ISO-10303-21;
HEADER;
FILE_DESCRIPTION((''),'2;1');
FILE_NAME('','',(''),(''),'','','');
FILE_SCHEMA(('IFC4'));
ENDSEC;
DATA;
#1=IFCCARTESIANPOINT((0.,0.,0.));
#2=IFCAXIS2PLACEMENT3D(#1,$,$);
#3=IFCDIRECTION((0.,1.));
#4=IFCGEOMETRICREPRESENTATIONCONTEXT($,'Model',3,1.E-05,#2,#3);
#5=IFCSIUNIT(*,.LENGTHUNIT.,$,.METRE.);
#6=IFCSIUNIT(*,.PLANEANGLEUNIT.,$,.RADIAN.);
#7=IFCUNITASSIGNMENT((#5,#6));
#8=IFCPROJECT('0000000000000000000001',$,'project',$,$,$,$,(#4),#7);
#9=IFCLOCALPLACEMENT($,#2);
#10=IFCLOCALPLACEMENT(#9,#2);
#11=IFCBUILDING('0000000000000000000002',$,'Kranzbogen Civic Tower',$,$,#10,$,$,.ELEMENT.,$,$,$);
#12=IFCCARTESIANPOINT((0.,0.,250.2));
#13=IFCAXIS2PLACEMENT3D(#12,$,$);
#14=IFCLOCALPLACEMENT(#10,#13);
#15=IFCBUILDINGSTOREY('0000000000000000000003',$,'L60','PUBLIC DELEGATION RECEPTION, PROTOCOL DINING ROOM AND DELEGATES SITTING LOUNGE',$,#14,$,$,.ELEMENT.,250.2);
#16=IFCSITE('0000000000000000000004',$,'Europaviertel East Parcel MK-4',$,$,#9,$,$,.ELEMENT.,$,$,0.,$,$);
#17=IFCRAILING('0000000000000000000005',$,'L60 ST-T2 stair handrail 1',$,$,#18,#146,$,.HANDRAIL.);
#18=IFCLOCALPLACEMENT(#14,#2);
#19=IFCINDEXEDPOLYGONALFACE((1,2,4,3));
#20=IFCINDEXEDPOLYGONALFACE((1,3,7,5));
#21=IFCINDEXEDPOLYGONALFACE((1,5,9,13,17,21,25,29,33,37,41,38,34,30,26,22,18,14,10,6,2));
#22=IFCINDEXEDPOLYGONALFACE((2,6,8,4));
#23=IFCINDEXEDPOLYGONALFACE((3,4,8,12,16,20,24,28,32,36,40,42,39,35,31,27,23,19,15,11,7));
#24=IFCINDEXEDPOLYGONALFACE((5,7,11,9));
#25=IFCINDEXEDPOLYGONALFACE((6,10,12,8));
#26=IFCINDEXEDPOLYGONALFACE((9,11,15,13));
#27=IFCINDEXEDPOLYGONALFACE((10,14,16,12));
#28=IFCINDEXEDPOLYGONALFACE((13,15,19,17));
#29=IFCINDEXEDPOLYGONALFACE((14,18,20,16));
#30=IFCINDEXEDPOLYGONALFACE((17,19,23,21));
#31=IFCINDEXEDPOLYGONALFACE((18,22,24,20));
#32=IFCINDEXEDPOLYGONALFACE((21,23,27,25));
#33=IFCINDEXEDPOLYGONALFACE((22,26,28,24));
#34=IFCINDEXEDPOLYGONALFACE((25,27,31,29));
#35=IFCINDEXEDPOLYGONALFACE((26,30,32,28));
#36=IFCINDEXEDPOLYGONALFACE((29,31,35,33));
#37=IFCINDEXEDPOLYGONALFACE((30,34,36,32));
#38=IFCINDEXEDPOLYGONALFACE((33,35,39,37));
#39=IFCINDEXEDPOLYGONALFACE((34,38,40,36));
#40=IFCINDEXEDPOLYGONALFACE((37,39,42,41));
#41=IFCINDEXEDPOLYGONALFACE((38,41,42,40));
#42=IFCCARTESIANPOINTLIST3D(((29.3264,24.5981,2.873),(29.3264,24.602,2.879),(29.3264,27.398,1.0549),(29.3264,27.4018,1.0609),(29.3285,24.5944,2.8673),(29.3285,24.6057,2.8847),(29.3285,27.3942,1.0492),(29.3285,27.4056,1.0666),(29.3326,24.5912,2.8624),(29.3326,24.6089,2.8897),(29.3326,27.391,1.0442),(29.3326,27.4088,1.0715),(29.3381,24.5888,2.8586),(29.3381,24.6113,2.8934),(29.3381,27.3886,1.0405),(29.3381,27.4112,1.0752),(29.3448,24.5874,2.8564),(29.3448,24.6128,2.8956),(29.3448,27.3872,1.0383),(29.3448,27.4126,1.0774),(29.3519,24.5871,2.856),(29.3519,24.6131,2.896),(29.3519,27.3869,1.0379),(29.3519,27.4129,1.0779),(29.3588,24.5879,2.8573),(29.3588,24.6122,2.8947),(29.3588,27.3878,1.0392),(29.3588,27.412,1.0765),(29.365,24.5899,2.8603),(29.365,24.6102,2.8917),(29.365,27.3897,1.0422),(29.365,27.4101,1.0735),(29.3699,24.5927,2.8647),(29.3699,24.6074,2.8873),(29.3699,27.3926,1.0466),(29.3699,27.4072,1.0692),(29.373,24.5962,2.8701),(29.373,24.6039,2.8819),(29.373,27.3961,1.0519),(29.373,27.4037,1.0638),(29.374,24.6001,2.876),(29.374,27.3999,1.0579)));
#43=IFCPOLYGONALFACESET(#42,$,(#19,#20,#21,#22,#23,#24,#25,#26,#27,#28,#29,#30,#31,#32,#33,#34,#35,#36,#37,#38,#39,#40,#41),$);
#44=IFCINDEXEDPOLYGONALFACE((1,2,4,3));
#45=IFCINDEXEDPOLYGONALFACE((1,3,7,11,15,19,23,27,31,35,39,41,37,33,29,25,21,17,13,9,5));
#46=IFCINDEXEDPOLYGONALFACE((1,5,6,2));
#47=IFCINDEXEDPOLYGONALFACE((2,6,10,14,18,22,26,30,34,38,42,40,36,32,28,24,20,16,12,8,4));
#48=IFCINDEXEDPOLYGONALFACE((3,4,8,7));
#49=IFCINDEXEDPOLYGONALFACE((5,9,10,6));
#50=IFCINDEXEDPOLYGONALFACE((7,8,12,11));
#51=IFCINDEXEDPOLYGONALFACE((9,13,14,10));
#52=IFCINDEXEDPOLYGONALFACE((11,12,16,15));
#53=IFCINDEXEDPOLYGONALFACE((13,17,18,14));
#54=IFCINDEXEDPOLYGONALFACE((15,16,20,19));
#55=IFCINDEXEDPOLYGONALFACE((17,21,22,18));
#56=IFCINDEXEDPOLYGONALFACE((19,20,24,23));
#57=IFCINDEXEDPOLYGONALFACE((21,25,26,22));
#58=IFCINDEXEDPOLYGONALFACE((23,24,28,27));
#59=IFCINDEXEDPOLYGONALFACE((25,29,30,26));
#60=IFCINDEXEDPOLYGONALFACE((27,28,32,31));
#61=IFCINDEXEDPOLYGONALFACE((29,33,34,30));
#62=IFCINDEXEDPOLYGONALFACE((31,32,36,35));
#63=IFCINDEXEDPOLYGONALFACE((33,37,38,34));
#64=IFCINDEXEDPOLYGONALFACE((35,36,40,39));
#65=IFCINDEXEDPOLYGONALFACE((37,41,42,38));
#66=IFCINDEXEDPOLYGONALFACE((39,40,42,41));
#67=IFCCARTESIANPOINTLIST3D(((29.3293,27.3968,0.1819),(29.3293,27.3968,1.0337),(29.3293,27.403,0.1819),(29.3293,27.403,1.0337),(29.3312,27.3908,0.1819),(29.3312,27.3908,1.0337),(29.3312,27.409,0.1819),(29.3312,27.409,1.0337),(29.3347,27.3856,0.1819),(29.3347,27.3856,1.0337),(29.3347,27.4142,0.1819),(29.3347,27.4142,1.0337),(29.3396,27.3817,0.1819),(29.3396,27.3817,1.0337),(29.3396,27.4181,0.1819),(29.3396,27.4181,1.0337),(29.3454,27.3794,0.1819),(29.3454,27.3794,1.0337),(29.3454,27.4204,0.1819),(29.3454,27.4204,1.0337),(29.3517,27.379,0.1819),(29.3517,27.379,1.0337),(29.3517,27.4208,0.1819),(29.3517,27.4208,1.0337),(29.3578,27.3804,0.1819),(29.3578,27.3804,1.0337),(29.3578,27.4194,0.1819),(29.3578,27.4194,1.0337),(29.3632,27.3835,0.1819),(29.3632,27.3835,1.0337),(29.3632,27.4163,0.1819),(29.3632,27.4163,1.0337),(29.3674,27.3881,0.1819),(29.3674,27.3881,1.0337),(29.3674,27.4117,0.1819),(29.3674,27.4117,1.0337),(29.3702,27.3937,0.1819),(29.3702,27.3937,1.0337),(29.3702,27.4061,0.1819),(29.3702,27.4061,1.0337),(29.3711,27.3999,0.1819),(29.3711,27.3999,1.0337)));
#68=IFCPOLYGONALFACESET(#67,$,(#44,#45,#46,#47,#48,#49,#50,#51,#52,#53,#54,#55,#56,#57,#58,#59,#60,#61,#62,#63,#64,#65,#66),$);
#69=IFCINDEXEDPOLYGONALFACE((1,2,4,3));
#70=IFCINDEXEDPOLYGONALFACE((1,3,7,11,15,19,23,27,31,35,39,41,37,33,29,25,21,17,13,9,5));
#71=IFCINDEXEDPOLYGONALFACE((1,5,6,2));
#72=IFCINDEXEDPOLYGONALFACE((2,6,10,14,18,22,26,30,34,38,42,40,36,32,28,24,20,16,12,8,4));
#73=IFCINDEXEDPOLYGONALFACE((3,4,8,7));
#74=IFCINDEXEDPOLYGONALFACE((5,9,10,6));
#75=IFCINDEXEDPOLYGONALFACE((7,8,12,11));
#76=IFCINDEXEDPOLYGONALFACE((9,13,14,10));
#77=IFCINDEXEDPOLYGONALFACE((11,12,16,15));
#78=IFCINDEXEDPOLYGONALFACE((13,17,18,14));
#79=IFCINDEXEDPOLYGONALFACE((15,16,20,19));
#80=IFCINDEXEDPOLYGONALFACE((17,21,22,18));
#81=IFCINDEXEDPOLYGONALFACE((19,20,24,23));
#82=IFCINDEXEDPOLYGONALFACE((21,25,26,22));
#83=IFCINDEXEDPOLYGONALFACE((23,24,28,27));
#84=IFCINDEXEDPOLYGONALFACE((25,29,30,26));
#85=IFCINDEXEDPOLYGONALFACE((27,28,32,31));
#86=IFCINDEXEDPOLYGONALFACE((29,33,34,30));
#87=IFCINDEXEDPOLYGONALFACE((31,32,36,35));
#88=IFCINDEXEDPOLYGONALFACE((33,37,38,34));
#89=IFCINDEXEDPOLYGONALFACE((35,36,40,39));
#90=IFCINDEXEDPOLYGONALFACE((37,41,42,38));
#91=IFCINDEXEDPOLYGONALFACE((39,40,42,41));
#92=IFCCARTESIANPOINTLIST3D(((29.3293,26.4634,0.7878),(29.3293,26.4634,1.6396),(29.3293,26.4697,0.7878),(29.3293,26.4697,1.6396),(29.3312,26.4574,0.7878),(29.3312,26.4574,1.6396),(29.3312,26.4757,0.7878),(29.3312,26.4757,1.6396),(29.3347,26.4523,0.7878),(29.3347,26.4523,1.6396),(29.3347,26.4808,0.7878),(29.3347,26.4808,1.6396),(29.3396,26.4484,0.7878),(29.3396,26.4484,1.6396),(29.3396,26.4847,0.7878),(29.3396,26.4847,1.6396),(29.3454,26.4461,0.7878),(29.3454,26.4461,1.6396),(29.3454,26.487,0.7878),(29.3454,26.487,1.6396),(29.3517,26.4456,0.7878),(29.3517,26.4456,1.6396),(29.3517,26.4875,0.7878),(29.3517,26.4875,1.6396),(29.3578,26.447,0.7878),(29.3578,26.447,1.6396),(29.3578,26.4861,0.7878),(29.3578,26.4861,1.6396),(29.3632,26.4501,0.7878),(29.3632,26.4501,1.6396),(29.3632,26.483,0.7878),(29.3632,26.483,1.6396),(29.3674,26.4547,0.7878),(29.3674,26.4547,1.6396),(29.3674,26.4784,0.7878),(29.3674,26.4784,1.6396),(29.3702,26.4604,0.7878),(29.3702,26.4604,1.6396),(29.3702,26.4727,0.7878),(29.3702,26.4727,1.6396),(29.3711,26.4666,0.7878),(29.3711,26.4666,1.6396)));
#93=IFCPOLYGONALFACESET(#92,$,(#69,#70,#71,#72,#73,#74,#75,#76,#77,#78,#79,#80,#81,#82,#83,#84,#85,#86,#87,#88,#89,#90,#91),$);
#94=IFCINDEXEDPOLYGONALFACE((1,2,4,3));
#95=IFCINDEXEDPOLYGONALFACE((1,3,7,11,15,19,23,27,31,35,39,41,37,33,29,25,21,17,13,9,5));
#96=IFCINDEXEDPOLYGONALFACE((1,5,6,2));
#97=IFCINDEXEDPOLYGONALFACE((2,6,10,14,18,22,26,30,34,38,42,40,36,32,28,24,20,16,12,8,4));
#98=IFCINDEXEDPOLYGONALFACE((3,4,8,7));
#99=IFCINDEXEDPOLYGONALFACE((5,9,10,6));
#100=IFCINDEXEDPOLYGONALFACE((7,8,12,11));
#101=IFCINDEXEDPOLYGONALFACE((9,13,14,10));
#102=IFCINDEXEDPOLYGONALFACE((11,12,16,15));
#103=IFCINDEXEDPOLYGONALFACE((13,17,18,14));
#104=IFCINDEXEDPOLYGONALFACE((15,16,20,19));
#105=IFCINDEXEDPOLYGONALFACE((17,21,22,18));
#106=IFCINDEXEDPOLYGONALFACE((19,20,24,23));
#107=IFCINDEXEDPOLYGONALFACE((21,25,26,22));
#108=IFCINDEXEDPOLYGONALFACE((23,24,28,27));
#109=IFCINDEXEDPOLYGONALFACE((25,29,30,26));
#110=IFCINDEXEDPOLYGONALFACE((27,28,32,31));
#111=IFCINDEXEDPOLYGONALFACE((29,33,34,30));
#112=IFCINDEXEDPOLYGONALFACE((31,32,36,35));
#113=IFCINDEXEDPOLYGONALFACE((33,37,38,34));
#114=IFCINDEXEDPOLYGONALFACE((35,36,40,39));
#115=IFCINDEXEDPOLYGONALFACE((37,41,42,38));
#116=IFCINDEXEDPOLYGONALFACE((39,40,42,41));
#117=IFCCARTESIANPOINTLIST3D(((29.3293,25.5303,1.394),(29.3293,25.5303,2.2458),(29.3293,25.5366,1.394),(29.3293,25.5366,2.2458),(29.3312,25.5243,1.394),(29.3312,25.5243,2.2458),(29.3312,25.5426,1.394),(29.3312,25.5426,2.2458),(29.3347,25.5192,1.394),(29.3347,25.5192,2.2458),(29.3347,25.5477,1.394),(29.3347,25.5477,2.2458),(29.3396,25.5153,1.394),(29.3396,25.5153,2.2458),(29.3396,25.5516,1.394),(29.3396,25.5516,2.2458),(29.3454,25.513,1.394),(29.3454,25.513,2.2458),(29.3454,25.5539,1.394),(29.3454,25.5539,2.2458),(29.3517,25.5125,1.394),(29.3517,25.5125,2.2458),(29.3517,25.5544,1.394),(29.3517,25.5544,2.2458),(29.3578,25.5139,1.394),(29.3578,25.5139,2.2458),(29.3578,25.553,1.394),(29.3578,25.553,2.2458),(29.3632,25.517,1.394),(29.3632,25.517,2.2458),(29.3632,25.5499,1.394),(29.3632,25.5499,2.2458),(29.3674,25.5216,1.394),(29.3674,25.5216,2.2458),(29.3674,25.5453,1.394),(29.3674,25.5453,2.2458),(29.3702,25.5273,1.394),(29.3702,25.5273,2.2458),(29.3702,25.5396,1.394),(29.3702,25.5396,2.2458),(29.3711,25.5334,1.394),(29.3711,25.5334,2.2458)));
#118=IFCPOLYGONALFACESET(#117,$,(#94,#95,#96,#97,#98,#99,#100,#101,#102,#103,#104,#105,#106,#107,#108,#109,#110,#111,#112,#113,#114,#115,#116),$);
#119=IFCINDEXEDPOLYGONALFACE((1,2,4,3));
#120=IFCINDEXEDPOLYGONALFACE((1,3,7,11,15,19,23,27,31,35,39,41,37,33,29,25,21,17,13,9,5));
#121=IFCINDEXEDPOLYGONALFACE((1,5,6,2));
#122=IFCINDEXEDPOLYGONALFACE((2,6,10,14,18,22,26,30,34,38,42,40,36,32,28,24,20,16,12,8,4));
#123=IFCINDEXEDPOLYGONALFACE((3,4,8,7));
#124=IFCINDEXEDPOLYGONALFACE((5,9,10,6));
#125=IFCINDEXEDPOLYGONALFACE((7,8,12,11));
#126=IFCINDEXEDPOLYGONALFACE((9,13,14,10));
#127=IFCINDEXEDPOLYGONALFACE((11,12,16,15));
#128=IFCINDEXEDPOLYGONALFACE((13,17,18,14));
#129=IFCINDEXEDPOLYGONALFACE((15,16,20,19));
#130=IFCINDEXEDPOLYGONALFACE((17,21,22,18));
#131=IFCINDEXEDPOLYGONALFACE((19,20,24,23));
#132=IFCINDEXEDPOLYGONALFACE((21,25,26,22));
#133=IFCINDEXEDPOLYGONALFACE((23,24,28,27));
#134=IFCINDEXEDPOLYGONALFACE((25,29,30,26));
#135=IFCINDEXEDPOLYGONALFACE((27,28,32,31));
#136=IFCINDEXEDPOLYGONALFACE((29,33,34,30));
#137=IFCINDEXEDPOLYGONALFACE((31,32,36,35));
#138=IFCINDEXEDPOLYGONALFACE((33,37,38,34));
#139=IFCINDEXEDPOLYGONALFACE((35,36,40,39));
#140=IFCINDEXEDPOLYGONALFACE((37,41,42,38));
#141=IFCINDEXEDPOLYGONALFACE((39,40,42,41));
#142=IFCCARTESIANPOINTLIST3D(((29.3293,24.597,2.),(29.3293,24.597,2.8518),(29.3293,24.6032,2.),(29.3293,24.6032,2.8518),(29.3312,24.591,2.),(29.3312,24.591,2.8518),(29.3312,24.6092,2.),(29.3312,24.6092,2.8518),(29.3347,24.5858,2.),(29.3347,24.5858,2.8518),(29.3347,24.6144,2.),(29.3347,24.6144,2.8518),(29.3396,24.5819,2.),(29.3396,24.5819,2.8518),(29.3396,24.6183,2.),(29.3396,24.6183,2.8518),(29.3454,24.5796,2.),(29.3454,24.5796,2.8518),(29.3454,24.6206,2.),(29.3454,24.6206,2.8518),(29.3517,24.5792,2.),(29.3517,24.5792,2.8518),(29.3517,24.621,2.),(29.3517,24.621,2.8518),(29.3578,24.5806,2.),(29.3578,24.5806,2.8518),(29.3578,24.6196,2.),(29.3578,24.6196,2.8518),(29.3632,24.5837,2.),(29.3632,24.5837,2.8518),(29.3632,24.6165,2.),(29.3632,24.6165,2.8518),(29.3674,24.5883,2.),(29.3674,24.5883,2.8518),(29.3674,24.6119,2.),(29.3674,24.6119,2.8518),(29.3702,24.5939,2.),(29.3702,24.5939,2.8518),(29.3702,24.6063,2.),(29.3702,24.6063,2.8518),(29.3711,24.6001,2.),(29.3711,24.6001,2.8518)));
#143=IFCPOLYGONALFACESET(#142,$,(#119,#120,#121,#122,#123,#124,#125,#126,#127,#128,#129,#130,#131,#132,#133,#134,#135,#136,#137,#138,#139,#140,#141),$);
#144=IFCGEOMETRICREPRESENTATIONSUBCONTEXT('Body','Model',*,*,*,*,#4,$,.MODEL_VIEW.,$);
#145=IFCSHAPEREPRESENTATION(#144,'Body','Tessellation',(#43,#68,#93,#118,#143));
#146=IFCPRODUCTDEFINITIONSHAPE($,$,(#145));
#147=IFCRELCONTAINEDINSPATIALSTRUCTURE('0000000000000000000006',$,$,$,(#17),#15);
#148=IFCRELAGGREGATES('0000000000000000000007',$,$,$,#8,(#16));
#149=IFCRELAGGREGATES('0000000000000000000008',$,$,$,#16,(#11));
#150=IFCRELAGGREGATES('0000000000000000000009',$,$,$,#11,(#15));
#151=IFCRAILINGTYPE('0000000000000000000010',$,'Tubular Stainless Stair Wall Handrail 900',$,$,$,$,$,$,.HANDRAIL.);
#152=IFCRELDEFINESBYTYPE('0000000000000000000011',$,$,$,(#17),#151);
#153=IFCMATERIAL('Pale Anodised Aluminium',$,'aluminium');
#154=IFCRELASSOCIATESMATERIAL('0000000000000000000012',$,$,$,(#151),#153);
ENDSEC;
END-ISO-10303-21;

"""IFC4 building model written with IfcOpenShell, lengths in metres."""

from ifc_helpers import new_model, si_unit, direction, frame, origin, origin_2d, place, context, subcontext, project, spatial, circle, extrude, material, type_object, element, save


model = new_model("IFC4")

# Units and contexts
model_context = context("Model", 3, precision=1e-05, world=origin(), true_north=direction((0.0, 1.0)))
body_context = subcontext(model_context, "Body", "Model", "MODEL_VIEW")
ifc_project = project(units=[si_unit("LENGTHUNIT", "METRE"), si_unit("PLANEANGLEUNIT", "RADIAN")], contexts=[model_context])

# Site, building, storey
site_placement = place(None, origin())
site = spatial("IfcSite", under=ifc_project, at=site_placement, Name="Europaviertel East Parcel MK-4", CompositionType="ELEMENT", RefElevation=0.0)
building_placement = place(site_placement, origin())
building = spatial("IfcBuilding", under=site, at=building_placement, Name="Kranzbogen Civic Tower", CompositionType="ELEMENT")
storey_placement = place(building_placement, frame((0.0, 0.0, 250.2)))
storey = spatial("IfcBuildingStorey", under=building, at=storey_placement, Name="L60", Description="PUBLIC DELEGATION RECEPTION, PROTOCOL DINING ROOM AND DELEGATES SITTING LOUNGE", CompositionType="ELEMENT", Elevation=250.2)

# Shared definitions
ifc_material_1 = material(Name="Pale Anodised Aluminium", Category="aluminium")

# Railing
railing_type_1 = type_object("IfcRailingType", Name="Tubular Stainless Stair Wall Handrail 900", PredefinedType="HANDRAIL", material=ifc_material_1)
railing_1_placement = place(storey_placement, frame((29.3501, 27.3999, 0.1819)))
element("IfcRailing", 1, at=railing_1_placement, inside=storey, type_object=railing_type_1, Name="L60 ST-T2 stair handrail 1", PredefinedType="HANDRAIL", context=body_context, shape_type="SweptSolid", body=[
    extrude(circle(Radius=0.0239, at=origin_2d()), frame((0.0, 0.0, 0.876), z_axis=(0.0, -0.838684, 0.544618), x_axis=(1.0, 0.0, 0.0)), (0.0, 0.0, 1.0), 3.3384),
    extrude(circle(Radius=0.021, at=origin_2d()), origin(), (0.0, 0.0, 1.0), 0.8518),
    extrude(circle(Radius=0.021, at=origin_2d()), frame((0.0, -0.9333, 0.606)), (0.0, 0.0, 1.0), 0.8518),
    extrude(circle(Radius=0.021, at=origin_2d()), frame((0.0, -1.8665, 1.2122)), (0.0, 0.0, 1.0), 0.8518),
    extrude(circle(Radius=0.021, at=origin_2d()), frame((0.0, -2.7998, 1.8181)), (0.0, 0.0, 1.0), 0.8518),
])

save(model, "model.ifc")
